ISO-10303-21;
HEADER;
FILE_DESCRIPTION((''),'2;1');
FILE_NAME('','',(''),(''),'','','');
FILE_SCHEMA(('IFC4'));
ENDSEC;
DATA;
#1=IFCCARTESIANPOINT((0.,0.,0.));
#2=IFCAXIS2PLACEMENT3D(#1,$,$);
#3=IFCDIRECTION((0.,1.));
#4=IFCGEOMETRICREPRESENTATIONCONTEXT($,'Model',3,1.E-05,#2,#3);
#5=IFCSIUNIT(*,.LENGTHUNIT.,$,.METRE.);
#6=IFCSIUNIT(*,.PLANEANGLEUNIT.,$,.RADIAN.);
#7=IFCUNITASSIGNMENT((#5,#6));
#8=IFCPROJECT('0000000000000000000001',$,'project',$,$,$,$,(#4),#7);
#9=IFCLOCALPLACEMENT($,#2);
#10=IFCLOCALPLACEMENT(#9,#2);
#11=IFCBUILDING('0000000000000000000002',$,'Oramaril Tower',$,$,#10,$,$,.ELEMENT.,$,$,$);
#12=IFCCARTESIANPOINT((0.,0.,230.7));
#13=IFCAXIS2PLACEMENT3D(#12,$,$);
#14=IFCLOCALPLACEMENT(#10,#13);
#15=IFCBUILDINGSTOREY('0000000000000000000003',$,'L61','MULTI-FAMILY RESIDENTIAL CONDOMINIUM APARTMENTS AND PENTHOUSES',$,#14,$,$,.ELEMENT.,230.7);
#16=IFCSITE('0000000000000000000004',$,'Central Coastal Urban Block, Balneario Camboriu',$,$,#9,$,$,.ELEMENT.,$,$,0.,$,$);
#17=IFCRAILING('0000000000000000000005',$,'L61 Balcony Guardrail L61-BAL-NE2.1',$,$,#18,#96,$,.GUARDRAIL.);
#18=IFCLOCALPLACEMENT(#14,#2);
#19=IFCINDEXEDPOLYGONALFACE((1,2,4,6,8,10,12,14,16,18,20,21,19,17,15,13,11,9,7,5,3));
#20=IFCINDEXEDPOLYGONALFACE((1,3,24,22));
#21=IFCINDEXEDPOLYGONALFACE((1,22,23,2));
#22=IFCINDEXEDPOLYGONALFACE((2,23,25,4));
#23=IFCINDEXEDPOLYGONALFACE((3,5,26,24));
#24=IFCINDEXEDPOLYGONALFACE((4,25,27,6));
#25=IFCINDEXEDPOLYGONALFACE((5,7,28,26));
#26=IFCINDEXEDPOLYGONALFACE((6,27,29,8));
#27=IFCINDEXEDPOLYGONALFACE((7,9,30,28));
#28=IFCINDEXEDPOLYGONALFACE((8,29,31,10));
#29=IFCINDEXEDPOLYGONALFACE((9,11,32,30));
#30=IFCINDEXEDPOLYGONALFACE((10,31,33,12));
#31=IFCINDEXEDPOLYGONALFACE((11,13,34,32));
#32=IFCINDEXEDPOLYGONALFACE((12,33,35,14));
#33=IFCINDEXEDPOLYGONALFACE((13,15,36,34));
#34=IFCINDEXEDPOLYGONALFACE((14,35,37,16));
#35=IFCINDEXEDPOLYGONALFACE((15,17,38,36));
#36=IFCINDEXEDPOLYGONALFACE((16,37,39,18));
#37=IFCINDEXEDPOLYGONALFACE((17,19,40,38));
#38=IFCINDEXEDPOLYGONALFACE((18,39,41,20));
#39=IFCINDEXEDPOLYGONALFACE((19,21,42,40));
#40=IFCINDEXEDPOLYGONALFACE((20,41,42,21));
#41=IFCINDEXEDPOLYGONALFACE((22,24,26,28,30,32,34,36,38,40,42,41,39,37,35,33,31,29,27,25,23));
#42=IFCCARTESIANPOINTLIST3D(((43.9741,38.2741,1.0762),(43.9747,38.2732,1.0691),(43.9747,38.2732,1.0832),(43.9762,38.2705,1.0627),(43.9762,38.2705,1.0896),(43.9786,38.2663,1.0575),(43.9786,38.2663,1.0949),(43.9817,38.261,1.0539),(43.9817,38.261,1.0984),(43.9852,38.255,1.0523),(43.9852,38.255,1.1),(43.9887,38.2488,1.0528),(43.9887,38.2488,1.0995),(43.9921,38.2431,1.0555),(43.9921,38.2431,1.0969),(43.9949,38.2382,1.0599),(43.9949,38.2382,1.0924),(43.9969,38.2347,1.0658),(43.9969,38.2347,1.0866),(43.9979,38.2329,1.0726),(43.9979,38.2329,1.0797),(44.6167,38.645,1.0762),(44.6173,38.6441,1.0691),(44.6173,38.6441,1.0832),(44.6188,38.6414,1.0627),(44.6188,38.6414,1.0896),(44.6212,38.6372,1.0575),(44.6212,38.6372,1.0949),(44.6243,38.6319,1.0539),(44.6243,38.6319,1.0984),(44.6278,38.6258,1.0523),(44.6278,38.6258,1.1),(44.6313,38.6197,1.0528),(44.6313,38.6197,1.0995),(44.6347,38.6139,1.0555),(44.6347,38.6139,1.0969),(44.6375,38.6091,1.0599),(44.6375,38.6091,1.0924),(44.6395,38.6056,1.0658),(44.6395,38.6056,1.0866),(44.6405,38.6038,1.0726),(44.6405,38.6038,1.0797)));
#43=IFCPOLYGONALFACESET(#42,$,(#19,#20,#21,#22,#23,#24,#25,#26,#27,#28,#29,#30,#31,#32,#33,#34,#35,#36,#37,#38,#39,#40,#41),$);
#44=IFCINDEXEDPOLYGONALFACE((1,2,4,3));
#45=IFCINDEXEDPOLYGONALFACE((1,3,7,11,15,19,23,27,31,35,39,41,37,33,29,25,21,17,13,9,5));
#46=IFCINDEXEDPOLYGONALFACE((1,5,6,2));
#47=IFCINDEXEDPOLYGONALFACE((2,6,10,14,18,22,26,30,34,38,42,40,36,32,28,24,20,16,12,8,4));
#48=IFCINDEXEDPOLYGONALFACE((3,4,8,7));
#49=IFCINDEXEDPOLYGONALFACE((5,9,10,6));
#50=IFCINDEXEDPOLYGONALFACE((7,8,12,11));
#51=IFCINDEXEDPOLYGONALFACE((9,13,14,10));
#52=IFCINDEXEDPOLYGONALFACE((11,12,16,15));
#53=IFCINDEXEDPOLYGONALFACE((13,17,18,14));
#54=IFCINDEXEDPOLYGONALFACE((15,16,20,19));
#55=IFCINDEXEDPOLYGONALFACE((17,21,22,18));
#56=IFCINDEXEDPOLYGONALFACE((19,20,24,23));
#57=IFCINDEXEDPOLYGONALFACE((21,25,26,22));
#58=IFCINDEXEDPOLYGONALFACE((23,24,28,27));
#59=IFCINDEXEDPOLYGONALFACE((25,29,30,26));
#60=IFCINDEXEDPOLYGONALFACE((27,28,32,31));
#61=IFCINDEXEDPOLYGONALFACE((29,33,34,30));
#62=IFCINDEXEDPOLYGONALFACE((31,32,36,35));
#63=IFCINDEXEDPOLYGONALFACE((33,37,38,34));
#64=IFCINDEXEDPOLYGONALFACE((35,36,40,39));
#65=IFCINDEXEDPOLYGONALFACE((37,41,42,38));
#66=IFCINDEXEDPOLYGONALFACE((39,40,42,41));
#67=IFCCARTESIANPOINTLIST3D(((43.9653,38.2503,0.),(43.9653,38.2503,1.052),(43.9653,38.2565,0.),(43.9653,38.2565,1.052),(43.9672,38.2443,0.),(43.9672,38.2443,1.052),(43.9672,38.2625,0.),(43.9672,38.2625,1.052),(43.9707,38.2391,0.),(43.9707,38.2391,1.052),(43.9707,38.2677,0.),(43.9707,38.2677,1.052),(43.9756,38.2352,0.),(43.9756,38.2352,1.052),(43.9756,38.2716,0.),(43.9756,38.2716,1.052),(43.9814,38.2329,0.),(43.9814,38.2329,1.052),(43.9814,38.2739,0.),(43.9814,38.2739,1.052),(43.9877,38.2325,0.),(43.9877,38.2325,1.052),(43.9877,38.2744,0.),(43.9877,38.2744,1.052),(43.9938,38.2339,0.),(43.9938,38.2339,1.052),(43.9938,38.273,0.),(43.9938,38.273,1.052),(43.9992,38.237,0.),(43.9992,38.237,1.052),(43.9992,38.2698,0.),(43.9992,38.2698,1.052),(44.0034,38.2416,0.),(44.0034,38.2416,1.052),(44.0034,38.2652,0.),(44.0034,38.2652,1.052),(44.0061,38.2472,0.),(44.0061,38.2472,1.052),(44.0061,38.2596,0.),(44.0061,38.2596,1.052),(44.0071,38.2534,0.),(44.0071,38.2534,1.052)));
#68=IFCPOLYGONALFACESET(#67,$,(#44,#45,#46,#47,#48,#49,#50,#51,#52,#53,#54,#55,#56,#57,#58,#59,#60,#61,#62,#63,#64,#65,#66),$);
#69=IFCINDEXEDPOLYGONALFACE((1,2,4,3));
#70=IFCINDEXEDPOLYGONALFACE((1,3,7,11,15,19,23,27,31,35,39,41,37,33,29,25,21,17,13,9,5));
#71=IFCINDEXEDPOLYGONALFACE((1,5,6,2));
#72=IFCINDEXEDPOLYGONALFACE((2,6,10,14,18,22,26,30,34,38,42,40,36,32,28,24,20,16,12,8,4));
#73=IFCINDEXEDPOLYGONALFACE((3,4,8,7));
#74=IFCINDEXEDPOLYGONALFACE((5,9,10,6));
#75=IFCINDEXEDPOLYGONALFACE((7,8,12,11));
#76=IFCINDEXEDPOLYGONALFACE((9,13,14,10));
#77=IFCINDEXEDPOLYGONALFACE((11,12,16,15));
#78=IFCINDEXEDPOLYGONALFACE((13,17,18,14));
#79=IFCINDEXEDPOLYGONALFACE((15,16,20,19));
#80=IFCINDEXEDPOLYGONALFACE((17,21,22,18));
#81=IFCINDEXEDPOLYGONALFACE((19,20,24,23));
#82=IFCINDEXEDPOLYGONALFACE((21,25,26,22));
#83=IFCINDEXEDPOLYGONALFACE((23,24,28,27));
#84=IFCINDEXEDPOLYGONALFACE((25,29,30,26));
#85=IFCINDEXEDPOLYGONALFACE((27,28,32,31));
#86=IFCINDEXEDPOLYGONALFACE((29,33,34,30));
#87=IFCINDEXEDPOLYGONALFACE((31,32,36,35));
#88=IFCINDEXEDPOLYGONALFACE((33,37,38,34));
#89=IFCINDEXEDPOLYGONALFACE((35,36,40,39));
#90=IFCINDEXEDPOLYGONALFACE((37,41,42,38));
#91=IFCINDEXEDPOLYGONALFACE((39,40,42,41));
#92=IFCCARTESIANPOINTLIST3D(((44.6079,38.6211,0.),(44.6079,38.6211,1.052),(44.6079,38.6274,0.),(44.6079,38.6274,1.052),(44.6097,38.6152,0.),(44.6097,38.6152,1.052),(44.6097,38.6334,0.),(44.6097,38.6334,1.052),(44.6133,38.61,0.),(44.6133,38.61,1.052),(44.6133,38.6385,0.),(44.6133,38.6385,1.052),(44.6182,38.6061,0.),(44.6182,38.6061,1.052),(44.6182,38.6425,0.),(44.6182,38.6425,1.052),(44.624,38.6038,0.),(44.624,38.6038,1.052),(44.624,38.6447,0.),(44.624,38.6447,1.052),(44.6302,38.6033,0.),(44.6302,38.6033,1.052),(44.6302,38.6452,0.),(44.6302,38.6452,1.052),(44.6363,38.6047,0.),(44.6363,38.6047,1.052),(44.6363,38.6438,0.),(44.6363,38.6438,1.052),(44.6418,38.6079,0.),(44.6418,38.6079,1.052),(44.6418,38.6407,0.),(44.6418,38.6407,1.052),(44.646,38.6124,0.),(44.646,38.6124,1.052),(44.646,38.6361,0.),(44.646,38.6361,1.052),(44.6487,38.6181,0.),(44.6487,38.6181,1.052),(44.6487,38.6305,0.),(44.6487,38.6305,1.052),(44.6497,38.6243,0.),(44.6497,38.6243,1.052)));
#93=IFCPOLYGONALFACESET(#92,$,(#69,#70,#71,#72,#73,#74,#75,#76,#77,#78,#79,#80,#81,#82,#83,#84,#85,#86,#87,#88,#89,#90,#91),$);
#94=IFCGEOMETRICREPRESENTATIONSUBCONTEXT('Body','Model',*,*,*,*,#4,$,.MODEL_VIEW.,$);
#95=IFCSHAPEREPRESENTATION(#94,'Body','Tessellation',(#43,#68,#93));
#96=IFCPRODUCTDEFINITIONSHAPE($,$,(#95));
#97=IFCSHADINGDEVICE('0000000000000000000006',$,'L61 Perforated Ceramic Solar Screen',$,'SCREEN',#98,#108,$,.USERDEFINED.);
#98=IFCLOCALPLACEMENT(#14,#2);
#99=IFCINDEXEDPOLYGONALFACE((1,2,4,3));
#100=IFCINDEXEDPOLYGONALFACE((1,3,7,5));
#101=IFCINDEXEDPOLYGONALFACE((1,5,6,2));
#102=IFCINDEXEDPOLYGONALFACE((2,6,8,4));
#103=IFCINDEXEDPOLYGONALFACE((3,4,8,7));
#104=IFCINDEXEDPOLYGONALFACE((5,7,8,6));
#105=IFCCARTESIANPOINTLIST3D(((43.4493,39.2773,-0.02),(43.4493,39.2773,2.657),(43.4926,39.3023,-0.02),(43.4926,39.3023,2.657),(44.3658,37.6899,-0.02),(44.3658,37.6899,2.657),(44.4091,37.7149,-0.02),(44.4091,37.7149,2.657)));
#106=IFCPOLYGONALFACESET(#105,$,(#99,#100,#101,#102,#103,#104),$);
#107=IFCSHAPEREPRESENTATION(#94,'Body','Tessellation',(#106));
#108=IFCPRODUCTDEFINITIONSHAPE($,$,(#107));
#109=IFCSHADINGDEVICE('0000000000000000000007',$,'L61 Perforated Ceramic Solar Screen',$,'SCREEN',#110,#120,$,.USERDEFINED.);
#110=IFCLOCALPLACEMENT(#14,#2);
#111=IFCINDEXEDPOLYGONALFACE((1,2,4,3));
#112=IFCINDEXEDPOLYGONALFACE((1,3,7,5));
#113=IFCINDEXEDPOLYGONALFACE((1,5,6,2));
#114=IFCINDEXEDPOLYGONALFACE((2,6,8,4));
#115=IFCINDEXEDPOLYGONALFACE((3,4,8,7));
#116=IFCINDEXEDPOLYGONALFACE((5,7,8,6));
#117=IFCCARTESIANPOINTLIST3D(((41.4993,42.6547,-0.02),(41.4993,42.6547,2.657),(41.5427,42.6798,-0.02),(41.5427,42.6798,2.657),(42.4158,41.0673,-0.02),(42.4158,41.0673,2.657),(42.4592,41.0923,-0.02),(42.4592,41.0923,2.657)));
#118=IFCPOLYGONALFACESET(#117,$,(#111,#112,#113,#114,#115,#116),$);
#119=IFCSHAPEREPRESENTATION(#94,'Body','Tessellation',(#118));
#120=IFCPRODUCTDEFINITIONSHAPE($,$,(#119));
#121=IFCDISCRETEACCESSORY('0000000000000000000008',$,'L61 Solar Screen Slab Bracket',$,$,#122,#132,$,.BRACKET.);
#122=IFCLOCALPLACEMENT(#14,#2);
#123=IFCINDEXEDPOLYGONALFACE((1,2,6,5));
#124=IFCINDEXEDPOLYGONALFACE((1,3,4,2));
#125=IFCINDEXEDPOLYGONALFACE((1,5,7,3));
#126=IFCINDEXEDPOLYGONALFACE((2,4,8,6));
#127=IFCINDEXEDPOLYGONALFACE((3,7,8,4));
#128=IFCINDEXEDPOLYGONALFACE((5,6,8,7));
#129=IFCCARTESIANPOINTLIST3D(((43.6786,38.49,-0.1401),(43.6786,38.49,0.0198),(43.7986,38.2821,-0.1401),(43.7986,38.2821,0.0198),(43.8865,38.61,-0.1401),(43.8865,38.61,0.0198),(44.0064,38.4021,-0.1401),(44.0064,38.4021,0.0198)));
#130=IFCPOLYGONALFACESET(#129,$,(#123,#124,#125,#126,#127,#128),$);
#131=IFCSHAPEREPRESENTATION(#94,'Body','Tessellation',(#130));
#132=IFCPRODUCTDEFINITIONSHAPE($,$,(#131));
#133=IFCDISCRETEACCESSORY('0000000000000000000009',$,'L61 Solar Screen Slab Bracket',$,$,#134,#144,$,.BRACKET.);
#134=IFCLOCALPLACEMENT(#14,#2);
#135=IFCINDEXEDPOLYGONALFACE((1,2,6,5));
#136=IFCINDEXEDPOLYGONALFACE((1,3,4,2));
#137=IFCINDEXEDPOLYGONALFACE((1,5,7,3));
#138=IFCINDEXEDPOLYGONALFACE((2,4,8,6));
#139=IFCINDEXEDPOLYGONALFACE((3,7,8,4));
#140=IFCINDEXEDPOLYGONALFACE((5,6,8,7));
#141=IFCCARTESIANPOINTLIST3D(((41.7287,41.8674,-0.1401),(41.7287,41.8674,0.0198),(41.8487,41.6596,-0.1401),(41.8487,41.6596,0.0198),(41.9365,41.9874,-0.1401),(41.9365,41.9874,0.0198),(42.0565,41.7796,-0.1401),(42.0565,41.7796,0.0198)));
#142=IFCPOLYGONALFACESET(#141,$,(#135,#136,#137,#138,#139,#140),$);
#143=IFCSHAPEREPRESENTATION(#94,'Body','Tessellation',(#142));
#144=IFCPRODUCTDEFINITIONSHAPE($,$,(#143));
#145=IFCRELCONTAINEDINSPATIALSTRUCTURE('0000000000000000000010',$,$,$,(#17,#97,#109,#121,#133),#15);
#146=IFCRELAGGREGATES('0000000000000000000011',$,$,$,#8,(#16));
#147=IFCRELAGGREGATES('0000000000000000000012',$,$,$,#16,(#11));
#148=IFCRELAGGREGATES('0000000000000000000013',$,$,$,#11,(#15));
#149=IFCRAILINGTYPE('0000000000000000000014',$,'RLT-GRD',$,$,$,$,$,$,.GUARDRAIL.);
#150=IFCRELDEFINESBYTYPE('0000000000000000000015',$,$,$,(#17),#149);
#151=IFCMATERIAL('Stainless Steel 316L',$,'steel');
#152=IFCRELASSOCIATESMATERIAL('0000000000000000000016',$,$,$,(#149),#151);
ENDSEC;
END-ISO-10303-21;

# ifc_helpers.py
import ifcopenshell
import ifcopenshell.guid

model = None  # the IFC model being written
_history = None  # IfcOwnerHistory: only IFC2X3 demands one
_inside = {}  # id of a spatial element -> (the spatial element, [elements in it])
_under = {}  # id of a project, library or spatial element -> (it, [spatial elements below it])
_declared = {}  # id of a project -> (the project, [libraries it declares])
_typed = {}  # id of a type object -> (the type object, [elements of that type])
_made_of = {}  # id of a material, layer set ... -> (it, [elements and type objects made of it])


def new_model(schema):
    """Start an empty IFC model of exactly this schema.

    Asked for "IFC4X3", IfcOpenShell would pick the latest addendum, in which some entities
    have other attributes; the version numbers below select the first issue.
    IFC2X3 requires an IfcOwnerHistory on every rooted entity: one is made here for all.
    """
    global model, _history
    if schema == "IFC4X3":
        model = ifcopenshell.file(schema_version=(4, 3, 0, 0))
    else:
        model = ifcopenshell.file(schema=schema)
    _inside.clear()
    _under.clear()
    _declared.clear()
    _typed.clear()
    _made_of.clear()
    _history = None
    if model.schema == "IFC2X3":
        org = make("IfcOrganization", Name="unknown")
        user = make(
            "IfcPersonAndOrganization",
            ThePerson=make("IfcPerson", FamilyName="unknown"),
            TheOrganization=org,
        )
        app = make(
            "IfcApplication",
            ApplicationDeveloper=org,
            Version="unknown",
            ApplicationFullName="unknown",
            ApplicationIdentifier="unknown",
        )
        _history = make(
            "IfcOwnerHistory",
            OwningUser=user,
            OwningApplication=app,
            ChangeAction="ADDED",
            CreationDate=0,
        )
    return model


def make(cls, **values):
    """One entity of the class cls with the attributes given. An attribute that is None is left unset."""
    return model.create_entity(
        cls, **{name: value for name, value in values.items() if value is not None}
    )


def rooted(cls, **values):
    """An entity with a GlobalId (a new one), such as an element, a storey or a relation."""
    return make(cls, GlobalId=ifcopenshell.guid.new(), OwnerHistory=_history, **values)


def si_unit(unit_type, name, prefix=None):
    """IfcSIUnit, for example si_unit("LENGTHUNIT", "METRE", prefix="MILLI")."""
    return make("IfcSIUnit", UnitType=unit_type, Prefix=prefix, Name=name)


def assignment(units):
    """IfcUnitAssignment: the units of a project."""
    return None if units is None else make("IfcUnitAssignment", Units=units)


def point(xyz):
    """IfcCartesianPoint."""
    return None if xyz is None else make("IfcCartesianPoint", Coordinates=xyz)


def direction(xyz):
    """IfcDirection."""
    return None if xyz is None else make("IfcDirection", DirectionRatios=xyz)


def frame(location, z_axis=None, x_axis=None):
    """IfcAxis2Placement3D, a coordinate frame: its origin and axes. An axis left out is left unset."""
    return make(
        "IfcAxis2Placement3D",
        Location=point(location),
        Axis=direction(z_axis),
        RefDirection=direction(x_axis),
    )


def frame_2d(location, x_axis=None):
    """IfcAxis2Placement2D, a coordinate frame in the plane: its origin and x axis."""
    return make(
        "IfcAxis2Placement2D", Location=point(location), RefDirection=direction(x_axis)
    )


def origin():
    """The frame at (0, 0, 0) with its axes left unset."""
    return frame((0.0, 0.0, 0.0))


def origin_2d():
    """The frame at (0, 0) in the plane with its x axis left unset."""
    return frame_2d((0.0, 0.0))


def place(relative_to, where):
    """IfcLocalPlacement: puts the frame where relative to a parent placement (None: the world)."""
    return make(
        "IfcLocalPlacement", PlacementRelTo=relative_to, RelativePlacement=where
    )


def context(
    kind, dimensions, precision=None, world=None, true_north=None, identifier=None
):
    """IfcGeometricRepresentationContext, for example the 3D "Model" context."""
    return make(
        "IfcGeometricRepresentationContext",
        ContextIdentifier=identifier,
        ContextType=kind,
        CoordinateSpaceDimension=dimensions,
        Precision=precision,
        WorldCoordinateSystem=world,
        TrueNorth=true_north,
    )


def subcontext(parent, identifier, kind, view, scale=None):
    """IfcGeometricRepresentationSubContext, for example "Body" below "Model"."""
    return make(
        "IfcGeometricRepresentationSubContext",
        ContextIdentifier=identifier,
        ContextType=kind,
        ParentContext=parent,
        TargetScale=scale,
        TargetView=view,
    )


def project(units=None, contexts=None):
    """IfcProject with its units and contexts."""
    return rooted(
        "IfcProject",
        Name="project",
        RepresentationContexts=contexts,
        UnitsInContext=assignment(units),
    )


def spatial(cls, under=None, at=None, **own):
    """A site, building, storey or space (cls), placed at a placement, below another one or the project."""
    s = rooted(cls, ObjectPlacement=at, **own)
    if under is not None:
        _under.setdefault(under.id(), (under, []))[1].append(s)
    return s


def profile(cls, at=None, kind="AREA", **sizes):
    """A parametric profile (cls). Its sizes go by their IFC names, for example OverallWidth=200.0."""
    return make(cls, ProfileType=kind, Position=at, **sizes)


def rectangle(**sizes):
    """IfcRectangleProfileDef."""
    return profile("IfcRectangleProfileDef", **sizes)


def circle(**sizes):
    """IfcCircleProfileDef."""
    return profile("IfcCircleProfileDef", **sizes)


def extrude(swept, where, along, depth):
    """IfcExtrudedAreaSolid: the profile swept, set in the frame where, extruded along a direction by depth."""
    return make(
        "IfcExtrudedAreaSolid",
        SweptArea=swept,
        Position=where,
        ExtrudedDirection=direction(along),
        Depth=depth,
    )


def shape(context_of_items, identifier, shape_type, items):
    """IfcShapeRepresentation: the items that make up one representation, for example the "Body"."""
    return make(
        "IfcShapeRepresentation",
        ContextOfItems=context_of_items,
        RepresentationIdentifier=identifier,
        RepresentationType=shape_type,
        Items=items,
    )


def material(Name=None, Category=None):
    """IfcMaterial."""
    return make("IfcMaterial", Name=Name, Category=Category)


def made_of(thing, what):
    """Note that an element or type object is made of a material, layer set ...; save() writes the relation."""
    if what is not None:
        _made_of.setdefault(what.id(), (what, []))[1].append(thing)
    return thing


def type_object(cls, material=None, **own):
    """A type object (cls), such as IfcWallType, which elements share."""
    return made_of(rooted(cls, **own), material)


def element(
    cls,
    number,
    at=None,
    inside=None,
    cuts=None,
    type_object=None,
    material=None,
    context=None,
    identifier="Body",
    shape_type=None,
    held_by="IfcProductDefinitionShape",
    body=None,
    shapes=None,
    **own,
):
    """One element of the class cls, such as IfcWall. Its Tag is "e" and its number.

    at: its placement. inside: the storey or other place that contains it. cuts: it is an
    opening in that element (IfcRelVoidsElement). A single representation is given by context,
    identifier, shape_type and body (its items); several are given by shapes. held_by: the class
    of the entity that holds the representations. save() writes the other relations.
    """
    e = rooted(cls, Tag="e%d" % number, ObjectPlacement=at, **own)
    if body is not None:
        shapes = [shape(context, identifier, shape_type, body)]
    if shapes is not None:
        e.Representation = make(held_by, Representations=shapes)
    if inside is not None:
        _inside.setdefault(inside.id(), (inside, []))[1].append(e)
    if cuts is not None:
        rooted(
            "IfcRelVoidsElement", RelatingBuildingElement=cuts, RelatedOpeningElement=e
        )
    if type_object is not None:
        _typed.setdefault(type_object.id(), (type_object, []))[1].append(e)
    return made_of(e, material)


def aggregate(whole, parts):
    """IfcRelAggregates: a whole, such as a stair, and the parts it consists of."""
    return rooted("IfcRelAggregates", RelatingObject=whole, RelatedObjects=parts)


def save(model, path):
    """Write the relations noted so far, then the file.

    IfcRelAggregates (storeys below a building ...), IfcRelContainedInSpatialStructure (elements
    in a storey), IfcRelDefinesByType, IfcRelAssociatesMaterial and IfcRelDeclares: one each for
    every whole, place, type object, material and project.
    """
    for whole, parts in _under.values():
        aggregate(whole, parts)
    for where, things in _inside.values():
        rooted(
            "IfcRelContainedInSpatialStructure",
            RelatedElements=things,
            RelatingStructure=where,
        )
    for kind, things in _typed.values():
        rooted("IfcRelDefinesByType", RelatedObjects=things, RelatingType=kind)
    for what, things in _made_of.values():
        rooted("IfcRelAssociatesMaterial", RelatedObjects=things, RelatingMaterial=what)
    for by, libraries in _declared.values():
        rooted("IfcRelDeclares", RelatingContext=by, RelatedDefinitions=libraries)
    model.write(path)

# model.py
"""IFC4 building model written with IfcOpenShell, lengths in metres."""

from ifc_helpers import new_model, si_unit, direction, frame, origin, origin_2d, place, context, subcontext, project, spatial, rectangle, circle, extrude, material, type_object, element, save


model = new_model("IFC4")

# Units and contexts
model_context = context("Model", 3, precision=1e-05, world=origin(), true_north=direction((0.0, 1.0)))
body_context = subcontext(model_context, "Body", "Model", "MODEL_VIEW")
ifc_project = project(units=[si_unit("LENGTHUNIT", "METRE"), si_unit("PLANEANGLEUNIT", "RADIAN")], contexts=[model_context])

# Site, building, storey
site_placement = place(None, origin())
site = spatial("IfcSite", under=ifc_project, at=site_placement, Name="Central Coastal Urban Block, Balneario Camboriu", CompositionType="ELEMENT", RefElevation=0.0)
building_placement = place(site_placement, origin())
building = spatial("IfcBuilding", under=site, at=building_placement, Name="Oramaril Tower", CompositionType="ELEMENT")
storey_placement = place(building_placement, frame((0.0, 0.0, 230.7)))
storey = spatial("IfcBuildingStorey", under=building, at=storey_placement, Name="L61", Description="MULTI-FAMILY RESIDENTIAL CONDOMINIUM APARTMENTS AND PENTHOUSES", CompositionType="ELEMENT", Elevation=230.7)

# Railing
ifc_material_1 = material(Name="Stainless Steel 316L", Category="steel")
railing_type = type_object("IfcRailingType", Name="RLT-GRD", PredefinedType="GUARDRAIL", material=ifc_material_1)
railing_1_placement = place(storey_placement, frame((43.9861, 38.2534, 0.0)))
element("IfcRailing", 1, at=railing_1_placement, inside=storey, type_object=railing_type, Name="L61 Balcony Guardrail L61-BAL-NE2.1", PredefinedType="GUARDRAIL", context=body_context, shape_type="SweptSolid", body=[
    extrude(circle(Radius=0.0239, at=origin_2d()), frame((0.0, 0.0, 1.0762), z_axis=(0.866109, 0.499855, 0.0), x_axis=(-0.499855, 0.866109, 0.0)), (0.0, 0.0, 1.0), 0.7419),
    extrude(circle(Radius=0.021, at=origin_2d()), origin(), (0.0, 0.0, 1.0), 1.052),
    extrude(circle(Radius=0.021, at=origin_2d()), frame((0.6426, 0.3708, 0.0)), (0.0, 0.0, 1.0), 1.052),
])

# Shading devices
for number, where, z_axis, x_axis, name in (
    (2, (43.9292, 38.4961, -0.02), (0.0, 0.0, 1.0), (-0.500002, 0.866025, 0.0), "L61 Perforated Ceramic Solar Screen"),
    (3, (41.9792, 41.8735, -0.02), (0.0, 0.0, 1.0), (-0.500002, 0.866025, 0.0), "L61 Perforated Ceramic Solar Screen"),
):
    element("IfcShadingDevice", number, at=place(storey_placement, frame(where, z_axis=z_axis, x_axis=x_axis)), inside=storey, Name=name, ObjectType="SCREEN", PredefinedType="USERDEFINED", context=body_context, shape_type="SweptSolid", body=[
        extrude(rectangle(XDim=1.833, YDim=0.05, at=origin_2d()), origin(), (0.0, 0.0, 1.0), 2.677),
    ])

# Discrete accessories
for number, where, z_axis, x_axis, name in (
    (4, (43.8425, 38.446, -0.1401), (0.0, 0.0, 1.0), (-0.500002, 0.866025, 0.0), "L61 Solar Screen Slab Bracket"),
    (5, (41.8926, 41.8235, -0.1401), (0.0, 0.0, 1.0), (-0.500002, 0.866025, 0.0), "L61 Solar Screen Slab Bracket"),
):
    element("IfcDiscreteAccessory", number, at=place(storey_placement, frame(where, z_axis=z_axis, x_axis=x_axis)), inside=storey, Name=name, PredefinedType="BRACKET", context=body_context, shape_type="SweptSolid", body=[
        extrude(rectangle(XDim=0.24, YDim=0.24, at=origin_2d()), origin(), (0.0, 0.0, 1.0), 0.1599),
    ])

save(model, "model.ifc")
